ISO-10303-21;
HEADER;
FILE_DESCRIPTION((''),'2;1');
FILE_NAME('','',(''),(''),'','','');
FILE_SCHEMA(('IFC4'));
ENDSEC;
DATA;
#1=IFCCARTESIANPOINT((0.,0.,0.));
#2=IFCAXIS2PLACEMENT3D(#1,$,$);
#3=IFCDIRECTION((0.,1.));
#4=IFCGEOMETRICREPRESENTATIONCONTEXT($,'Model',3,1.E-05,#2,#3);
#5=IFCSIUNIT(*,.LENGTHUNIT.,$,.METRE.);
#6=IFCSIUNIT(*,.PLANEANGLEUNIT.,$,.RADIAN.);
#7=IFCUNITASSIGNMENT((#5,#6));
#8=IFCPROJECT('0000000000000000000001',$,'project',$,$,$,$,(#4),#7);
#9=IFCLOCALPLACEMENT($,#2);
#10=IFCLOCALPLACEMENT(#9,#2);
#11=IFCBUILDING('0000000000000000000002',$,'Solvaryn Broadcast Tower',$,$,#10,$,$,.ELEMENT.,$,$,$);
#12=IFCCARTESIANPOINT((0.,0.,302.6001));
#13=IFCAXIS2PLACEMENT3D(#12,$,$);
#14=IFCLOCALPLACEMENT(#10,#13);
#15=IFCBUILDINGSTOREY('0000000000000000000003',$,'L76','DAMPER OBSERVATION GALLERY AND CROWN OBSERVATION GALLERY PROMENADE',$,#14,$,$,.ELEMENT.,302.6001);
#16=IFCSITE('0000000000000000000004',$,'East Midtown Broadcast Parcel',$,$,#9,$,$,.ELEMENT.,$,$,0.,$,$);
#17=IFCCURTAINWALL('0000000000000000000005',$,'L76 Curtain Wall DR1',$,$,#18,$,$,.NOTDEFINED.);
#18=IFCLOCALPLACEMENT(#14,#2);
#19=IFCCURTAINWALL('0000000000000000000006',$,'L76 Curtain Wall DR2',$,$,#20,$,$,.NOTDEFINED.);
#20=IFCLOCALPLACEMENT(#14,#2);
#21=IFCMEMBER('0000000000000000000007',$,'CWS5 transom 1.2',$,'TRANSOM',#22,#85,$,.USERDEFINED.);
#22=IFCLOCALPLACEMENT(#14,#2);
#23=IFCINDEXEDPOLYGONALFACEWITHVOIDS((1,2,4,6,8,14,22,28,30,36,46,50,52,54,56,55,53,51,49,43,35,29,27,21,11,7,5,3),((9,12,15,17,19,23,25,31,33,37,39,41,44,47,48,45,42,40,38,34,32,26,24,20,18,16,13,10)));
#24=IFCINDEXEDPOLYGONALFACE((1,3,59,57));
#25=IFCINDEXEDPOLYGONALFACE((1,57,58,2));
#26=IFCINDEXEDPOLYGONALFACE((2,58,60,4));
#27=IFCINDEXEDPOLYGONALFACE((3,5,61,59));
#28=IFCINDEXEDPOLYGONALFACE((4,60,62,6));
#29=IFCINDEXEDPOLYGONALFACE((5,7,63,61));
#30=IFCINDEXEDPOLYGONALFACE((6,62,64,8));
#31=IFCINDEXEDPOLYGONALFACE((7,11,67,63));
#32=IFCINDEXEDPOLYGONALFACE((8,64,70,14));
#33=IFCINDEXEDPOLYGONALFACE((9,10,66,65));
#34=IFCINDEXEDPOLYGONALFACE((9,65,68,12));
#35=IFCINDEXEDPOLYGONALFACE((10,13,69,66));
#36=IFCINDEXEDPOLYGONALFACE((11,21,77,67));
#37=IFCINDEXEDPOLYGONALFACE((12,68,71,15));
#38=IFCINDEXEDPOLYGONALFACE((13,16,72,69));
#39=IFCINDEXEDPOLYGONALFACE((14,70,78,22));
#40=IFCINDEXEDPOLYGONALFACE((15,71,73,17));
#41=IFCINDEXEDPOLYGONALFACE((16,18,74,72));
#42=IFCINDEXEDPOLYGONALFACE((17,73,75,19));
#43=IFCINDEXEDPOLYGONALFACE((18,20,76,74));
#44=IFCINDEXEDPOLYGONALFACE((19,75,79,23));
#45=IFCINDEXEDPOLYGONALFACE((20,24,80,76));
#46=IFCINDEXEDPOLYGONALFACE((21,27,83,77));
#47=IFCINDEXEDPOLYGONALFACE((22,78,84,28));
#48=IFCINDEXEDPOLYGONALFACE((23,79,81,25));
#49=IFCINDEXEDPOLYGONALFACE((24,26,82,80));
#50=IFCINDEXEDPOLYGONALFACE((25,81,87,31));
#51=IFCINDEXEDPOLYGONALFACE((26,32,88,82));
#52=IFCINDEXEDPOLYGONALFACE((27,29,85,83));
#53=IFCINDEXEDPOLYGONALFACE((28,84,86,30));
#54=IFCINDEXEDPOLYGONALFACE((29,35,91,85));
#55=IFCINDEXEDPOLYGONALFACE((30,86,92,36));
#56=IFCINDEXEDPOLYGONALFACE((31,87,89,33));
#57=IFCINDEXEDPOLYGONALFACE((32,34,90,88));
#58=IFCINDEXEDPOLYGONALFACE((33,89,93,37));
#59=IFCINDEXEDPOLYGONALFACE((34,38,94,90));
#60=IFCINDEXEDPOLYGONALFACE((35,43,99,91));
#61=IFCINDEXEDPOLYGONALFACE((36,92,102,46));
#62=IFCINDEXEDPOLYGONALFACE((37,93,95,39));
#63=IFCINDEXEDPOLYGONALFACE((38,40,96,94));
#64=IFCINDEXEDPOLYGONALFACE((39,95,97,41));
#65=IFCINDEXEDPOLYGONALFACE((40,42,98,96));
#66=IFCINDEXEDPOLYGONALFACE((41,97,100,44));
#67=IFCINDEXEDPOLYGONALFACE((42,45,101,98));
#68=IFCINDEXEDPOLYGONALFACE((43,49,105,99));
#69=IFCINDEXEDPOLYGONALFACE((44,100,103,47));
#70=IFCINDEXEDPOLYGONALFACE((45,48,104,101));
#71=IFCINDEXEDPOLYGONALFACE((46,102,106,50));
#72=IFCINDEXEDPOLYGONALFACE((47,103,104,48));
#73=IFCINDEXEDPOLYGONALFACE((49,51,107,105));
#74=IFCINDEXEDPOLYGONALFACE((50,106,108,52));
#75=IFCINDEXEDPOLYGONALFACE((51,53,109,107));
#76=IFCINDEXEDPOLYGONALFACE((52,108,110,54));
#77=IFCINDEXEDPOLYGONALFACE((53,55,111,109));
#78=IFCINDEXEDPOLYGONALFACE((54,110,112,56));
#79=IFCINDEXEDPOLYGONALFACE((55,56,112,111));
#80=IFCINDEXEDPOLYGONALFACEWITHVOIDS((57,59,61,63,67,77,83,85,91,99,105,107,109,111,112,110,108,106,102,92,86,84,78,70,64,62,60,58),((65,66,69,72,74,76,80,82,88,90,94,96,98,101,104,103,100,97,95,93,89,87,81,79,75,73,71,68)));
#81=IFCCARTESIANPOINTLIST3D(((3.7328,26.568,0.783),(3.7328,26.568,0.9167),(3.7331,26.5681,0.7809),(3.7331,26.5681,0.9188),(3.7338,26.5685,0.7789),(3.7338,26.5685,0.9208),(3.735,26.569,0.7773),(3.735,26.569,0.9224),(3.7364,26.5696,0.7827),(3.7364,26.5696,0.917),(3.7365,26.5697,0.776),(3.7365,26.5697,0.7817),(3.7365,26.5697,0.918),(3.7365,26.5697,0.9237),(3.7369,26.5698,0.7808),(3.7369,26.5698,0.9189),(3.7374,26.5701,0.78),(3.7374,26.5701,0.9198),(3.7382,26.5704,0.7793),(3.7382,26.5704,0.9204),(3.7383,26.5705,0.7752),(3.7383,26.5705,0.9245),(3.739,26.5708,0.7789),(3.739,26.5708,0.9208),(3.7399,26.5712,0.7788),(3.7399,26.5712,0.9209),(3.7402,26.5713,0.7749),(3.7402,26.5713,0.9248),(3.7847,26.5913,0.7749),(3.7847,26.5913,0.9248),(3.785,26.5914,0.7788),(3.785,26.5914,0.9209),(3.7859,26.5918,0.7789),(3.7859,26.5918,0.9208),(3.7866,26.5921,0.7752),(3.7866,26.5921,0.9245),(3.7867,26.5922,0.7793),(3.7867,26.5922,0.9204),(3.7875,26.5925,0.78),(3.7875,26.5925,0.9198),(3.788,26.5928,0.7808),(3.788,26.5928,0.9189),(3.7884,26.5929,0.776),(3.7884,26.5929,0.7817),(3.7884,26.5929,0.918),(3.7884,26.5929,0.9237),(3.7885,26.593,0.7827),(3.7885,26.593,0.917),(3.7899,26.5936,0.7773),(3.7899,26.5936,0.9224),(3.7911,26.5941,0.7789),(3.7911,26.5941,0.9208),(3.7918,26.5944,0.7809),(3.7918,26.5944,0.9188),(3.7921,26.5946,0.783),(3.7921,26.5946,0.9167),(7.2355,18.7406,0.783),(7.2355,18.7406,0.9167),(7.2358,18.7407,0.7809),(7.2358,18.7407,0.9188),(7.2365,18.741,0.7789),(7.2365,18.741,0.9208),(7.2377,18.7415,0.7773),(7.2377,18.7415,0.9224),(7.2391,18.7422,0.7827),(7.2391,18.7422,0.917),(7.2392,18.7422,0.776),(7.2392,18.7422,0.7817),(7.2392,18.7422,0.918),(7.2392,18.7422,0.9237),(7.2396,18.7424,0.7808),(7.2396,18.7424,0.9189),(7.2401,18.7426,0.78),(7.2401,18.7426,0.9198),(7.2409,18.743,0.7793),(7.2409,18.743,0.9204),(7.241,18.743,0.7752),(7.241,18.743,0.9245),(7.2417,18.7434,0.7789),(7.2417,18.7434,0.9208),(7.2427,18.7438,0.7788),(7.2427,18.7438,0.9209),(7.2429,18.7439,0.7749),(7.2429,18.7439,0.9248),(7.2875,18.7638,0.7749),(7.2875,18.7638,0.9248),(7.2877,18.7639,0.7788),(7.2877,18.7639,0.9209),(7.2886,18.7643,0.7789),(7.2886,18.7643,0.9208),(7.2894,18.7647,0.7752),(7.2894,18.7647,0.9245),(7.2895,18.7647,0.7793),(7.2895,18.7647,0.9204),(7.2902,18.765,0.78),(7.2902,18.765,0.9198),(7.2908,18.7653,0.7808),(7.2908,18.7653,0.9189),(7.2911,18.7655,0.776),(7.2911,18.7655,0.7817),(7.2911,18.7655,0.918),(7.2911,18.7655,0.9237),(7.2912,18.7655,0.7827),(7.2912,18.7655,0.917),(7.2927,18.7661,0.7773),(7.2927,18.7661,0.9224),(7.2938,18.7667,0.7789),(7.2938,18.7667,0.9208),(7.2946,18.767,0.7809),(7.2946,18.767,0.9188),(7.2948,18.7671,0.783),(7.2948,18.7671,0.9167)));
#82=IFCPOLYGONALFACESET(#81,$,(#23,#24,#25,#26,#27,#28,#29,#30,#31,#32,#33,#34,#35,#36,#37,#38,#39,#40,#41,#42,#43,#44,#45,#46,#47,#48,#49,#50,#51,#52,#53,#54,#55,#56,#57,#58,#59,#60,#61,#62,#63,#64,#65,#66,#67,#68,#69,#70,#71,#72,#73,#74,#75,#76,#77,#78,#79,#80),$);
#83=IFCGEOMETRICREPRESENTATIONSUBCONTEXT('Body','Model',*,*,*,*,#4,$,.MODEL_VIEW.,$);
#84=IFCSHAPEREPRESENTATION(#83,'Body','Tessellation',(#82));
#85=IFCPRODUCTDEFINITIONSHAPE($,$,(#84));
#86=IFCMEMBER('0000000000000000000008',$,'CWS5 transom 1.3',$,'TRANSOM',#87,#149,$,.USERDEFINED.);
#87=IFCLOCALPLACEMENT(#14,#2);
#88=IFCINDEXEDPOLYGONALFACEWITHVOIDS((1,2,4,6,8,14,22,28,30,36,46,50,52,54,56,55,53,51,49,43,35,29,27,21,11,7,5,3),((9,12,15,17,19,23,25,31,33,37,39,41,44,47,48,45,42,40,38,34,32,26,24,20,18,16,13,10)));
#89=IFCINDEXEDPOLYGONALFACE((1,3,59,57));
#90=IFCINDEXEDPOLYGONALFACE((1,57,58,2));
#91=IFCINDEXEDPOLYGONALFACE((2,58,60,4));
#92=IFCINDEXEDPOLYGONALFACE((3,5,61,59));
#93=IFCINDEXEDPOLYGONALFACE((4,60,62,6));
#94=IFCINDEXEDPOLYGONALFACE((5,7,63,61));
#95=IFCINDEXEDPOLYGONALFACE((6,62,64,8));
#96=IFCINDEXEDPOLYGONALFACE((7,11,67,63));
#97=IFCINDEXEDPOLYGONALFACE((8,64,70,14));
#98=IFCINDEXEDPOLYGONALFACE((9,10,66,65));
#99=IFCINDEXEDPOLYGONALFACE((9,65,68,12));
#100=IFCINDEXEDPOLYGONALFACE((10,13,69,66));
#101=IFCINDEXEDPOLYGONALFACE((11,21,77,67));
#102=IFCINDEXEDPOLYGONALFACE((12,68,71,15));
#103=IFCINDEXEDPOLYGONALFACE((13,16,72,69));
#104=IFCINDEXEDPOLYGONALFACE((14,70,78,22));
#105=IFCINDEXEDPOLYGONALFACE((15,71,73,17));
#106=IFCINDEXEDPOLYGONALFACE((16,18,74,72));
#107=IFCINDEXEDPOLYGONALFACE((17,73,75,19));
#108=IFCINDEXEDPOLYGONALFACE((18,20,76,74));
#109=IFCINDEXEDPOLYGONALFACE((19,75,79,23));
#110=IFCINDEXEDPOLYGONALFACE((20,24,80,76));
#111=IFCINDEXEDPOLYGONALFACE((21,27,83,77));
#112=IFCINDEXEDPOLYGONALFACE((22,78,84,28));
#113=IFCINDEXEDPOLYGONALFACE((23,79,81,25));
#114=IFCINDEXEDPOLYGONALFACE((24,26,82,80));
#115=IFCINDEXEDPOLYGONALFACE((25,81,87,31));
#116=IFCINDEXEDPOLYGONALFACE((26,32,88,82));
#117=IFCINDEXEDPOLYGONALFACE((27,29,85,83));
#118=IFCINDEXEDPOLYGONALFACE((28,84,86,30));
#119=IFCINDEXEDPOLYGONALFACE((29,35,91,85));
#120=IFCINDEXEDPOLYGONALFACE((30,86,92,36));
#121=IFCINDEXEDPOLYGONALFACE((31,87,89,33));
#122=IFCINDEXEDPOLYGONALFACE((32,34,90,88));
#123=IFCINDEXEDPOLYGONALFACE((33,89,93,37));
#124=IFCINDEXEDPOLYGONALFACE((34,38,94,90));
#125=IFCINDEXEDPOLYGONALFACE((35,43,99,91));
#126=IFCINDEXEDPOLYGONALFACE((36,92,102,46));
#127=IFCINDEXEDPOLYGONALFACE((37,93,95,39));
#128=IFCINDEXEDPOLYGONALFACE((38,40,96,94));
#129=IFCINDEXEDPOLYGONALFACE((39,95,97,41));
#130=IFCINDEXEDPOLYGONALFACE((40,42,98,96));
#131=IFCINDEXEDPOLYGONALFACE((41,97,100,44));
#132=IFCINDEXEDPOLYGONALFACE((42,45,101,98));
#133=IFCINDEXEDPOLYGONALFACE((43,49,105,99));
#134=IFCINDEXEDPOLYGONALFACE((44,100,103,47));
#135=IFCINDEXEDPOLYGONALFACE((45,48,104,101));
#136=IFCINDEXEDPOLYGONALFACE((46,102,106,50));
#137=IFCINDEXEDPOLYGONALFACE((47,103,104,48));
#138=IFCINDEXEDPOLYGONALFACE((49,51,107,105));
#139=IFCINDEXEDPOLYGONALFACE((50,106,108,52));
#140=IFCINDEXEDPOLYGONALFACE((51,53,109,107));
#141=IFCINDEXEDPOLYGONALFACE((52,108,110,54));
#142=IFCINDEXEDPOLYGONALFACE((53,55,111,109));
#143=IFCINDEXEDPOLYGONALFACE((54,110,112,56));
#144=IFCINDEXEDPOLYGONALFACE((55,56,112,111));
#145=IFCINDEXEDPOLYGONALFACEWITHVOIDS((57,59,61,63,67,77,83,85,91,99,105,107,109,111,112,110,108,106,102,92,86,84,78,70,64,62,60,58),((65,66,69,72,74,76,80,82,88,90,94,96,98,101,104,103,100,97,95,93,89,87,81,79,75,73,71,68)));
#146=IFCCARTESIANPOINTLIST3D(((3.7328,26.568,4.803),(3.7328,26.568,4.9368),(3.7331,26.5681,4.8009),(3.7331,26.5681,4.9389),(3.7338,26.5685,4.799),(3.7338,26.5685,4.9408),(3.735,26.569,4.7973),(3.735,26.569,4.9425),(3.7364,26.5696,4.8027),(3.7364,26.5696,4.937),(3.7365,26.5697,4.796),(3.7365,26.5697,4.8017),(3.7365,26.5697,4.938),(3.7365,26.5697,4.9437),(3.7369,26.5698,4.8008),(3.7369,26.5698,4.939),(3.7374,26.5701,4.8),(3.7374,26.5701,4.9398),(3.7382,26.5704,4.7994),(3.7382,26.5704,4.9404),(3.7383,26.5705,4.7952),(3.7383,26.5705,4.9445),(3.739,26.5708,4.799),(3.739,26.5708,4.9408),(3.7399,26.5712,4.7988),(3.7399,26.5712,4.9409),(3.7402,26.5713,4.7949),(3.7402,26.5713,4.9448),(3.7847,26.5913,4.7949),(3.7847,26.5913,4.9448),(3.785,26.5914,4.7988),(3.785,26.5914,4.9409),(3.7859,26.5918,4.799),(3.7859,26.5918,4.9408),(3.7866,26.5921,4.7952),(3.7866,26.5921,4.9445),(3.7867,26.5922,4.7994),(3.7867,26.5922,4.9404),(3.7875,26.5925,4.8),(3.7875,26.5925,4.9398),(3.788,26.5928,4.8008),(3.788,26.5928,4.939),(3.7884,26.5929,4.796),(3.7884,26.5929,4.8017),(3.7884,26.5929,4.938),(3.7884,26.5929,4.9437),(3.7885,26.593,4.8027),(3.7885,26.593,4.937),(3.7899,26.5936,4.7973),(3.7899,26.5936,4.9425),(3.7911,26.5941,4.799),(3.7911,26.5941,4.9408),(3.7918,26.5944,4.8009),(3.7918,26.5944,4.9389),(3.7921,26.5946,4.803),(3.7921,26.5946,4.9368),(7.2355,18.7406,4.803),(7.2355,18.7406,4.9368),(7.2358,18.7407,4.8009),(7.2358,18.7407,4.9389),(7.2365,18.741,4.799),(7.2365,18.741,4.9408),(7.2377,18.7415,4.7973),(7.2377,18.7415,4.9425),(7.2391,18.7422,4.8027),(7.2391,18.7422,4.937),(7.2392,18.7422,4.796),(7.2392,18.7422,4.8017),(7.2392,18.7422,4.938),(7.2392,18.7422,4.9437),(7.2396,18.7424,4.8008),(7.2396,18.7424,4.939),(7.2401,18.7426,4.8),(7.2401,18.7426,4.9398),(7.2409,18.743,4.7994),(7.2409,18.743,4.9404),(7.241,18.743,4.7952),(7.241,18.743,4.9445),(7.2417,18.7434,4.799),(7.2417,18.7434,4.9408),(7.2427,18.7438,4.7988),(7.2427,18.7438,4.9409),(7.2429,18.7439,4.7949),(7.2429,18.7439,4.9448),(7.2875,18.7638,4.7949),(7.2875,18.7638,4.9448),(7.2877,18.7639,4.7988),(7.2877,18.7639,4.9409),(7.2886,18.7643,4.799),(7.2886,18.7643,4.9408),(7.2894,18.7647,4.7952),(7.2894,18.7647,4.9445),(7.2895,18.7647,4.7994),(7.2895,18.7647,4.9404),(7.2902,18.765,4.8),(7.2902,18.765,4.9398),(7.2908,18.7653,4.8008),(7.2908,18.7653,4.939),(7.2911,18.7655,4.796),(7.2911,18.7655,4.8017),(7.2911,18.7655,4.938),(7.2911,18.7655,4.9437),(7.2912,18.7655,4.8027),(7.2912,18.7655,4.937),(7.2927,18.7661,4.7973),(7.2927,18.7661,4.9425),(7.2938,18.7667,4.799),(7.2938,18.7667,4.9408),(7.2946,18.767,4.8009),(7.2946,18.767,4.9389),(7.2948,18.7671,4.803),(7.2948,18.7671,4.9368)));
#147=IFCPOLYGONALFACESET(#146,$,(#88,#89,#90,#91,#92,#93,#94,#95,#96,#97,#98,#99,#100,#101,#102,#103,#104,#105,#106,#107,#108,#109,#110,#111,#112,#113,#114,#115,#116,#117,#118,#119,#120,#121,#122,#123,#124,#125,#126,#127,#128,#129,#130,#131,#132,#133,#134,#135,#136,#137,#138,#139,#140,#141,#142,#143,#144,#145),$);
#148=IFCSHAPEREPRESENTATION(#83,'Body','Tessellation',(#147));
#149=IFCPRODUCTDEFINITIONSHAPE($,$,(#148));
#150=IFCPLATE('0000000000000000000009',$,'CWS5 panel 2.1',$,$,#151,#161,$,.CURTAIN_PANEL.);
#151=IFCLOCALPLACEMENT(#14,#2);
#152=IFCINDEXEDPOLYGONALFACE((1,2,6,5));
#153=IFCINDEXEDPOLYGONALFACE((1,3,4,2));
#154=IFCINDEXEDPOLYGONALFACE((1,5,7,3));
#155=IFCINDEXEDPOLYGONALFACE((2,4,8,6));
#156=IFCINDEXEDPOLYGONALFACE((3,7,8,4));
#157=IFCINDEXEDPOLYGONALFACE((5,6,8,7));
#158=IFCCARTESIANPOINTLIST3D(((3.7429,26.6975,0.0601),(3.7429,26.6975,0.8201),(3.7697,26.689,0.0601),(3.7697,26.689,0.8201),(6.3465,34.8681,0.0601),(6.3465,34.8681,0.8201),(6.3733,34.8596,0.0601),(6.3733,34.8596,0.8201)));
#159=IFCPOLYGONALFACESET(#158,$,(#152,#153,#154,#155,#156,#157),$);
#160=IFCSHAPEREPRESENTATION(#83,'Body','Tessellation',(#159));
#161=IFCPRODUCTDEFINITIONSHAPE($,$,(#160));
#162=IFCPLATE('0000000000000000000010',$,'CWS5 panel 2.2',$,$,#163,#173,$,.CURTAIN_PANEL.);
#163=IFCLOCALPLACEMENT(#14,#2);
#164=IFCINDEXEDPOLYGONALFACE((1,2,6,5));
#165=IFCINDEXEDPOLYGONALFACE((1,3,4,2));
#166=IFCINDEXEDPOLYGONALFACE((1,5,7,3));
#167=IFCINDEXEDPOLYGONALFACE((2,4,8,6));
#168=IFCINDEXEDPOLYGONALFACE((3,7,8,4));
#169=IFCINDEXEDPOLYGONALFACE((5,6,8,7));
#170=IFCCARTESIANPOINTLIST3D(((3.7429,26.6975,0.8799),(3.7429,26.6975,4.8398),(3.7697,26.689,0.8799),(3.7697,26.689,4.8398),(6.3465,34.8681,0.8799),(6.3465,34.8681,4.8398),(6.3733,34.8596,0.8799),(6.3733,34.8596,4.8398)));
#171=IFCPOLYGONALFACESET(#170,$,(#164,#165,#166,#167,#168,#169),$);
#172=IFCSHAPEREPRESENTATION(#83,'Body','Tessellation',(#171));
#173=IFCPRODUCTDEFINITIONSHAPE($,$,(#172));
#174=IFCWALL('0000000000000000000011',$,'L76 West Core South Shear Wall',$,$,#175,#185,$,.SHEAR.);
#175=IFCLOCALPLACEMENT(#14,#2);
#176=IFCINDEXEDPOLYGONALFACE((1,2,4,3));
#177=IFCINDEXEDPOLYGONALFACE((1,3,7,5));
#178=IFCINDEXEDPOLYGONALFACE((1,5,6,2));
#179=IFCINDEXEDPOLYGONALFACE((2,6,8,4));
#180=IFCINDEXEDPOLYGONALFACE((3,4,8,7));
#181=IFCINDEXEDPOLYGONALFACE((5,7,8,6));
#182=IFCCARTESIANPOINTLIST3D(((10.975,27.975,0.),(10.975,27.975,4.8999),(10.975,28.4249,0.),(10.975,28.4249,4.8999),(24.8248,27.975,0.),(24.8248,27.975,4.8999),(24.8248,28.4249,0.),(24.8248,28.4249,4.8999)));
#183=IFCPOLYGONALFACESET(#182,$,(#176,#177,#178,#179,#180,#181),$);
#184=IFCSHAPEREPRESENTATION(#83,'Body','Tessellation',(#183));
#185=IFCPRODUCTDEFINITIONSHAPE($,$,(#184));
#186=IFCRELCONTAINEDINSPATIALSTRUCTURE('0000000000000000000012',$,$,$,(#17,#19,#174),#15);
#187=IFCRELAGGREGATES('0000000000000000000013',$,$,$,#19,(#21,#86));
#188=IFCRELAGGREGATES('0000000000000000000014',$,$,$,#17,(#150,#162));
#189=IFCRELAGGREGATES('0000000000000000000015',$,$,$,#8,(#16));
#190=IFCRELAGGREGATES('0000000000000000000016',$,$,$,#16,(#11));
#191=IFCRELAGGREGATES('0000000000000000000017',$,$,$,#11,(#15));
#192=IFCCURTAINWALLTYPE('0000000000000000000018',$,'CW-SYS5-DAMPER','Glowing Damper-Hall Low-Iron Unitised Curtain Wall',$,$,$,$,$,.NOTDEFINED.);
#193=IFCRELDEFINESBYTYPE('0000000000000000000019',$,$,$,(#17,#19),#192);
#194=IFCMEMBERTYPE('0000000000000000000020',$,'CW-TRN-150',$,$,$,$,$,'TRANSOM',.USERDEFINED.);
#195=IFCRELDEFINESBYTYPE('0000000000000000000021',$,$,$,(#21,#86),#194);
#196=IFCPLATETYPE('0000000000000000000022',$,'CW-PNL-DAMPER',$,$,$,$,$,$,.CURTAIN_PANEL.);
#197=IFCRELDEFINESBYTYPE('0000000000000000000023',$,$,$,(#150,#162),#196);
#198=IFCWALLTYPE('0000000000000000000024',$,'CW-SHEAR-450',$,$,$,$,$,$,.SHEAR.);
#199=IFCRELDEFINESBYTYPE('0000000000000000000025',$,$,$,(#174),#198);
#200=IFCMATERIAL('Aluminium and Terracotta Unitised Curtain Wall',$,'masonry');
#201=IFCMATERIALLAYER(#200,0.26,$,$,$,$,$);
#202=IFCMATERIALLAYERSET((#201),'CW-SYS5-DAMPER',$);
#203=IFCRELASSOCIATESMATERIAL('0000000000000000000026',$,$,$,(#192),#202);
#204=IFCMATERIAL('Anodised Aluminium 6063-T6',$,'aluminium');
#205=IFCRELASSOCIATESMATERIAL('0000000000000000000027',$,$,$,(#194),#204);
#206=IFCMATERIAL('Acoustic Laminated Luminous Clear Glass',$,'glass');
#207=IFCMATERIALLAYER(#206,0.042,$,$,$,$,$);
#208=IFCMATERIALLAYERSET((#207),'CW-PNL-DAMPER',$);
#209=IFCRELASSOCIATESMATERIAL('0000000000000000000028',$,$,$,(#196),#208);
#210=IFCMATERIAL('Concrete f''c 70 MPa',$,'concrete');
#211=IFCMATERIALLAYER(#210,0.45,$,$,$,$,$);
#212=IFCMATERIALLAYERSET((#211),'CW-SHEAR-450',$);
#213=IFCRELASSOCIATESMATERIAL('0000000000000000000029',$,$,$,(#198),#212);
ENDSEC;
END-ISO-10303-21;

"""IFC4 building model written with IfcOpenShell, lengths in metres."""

from ifc_helpers import new_model, si_unit, direction, frame, frame_2d, origin, origin_2d, place, context, subcontext, project, spatial, rectangle, hollow_rectangle, extrude, material, layer, layer_set, material_profile, profile_set, type_object, element, aggregate, save


model = new_model("IFC4")

# Units and contexts
model_context = context("Model", 3, precision=1e-05, world=origin(), true_north=direction((0.0, 1.0)))
body_context = subcontext(model_context, "Body", "Model", "MODEL_VIEW")
ifc_project = project(units=[si_unit("LENGTHUNIT", "METRE"), si_unit("PLANEANGLEUNIT", "RADIAN")], contexts=[model_context])

# Site, building, storey
site_placement = place(None, origin())
site = spatial("IfcSite", under=ifc_project, at=site_placement, Name="East Midtown Broadcast Parcel", CompositionType="ELEMENT", RefElevation=0.0)
building_placement = place(site_placement, origin())
building = spatial("IfcBuilding", under=site, at=building_placement, Name="Solvaryn Broadcast Tower", CompositionType="ELEMENT")
storey_placement = place(building_placement, frame((0.0, 0.0, 302.6001)))
storey = spatial("IfcBuildingStorey", under=building, at=storey_placement, Name="L76", Description="DAMPER OBSERVATION GALLERY AND CROWN OBSERVATION GALLERY PROMENADE", CompositionType="ELEMENT", Elevation=302.6001)

# Curtain wall
ifc_material_1 = material(Name="Aluminium and Terracotta Unitised Curtain Wall", Category="masonry")
ifc_layer_1 = layer(ifc_material_1, 0.26)
ifc_layer_set_1 = layer_set([ifc_layer_1], Name="CW-SYS5-DAMPER")
curtain_wall_type = type_object("IfcCurtainWallType", Name="CW-SYS5-DAMPER", Description="Glowing Damper-Hall Low-Iron Unitised Curtain Wall", PredefinedType="NOTDEFINED", material=ifc_layer_set_1)
curtain_wall_1_placement = place(storey_placement, origin())
curtain_wall_1 = element("IfcCurtainWall", 1, at=curtain_wall_1_placement, inside=storey, type_object=curtain_wall_type, Name="L76 Curtain Wall DR1", PredefinedType="NOTDEFINED")

# Curtain wall
curtain_wall_2_placement = place(storey_placement, origin())
curtain_wall_2 = element("IfcCurtainWall", 2, at=curtain_wall_2_placement, inside=storey, type_object=curtain_wall_type, Name="L76 Curtain Wall DR2", PredefinedType="NOTDEFINED")

# Members
ifc_material_2 = material(Name="Anodised Aluminium 6063-T6", Category="aluminium")
ifc_material_profile_1 = material_profile(ifc_material_2, hollow_rectangle(XDim=0.0649, YDim=0.1499, WallThickness=0.0039, InnerFilletRadius=0.0039, OuterFilletRadius=0.0081, at=origin_2d()))
ifc_profile_set_1 = profile_set([ifc_material_profile_1], Name="Anodised Aluminium 6063-T6")
member_type_1 = type_object("IfcMemberType", Name="CW-TRN-150", ElementType="TRANSOM", PredefinedType="USERDEFINED", material=ifc_profile_set_1)
member_1_placement = place(storey_placement, frame((3.7625, 26.5813, 0.8499), z_axis=(0.408459, -0.912777, 0.0), x_axis=(0.912777, 0.408459, 0.0)))
member_1 = element("IfcMember", 3, at=member_1_placement, type_object=member_type_1, Name="CWS5 transom 1.2", ObjectType="TRANSOM", PredefinedType="USERDEFINED", context=body_context, shape_type="SweptSolid", body=[
    extrude(hollow_rectangle(XDim=0.0649, YDim=0.1499, WallThickness=0.0039, InnerFilletRadius=0.0039, OuterFilletRadius=0.0081, at=origin_2d()), origin(), (0.0, 0.0, 1.0), 8.5754),
])
member_2_placement = place(storey_placement, frame((3.7625, 26.5813, 4.8699), z_axis=(0.408459, -0.912777, 0.0), x_axis=(0.912777, 0.408459, 0.0)))
member_2 = element("IfcMember", 4, at=member_2_placement, type_object=member_type_1, Name="CWS5 transom 1.3", ObjectType="TRANSOM", PredefinedType="USERDEFINED", context=body_context, shape_type="SweptSolid", body=[
    extrude(hollow_rectangle(XDim=0.0649, YDim=0.1499, WallThickness=0.0039, InnerFilletRadius=0.0039, OuterFilletRadius=0.0081, at=origin_2d()), origin(), (0.0, 0.0, 1.0), 8.5754),
])
aggregate(curtain_wall_2, [member_1, member_2])

# Plates
ifc_material_3 = material(Name="Acoustic Laminated Luminous Clear Glass", Category="glass")
ifc_layer_2 = layer(ifc_material_3, 0.042)
ifc_layer_set_2 = layer_set([ifc_layer_2], Name="CW-PNL-DAMPER")
plate_type = type_object("IfcPlateType", Name="CW-PNL-DAMPER", PredefinedType="CURTAIN_PANEL", material=ifc_layer_set_2)
plate_1_placement = place(storey_placement, frame((5.0581, 30.7786, 0.0601), z_axis=(0.0, 0.0, 1.0), x_axis=(-0.303616, -0.952795, 0.0)))
plate_1 = element("IfcPlate", 5, at=plate_1_placement, type_object=plate_type, Name="CWS5 panel 2.1", PredefinedType="CURTAIN_PANEL", context=body_context, shape_type="SweptSolid", body=[
    extrude(rectangle(XDim=8.5754, YDim=0.0281, at=origin_2d()), origin(), (0.0, 0.0, 1.0), 0.76),
])
plate_2_placement = place(storey_placement, frame((5.0581, 30.7786, 0.8799), z_axis=(0.0, 0.0, 1.0), x_axis=(-0.303616, -0.952795, 0.0)))
plate_2 = element("IfcPlate", 6, at=plate_2_placement, type_object=plate_type, Name="CWS5 panel 2.2", PredefinedType="CURTAIN_PANEL", context=body_context, shape_type="SweptSolid", body=[
    extrude(rectangle(XDim=8.5754, YDim=0.0281, at=origin_2d()), origin(), (0.0, 0.0, 1.0), 3.96),
])
aggregate(curtain_wall_1, [plate_1, plate_2])

# Wall
ifc_material_4 = material(Name="Concrete f'c 70 MPa", Category="concrete")
ifc_layer_3 = layer(ifc_material_4, 0.45)
ifc_layer_set_3 = layer_set([ifc_layer_3], Name="CW-SHEAR-450")
wall_type_1 = type_object("IfcWallType", Name="CW-SHEAR-450", PredefinedType="SHEAR", material=ifc_layer_set_3)
wall_1_placement = place(storey_placement, frame((10.9751, 28.2, 0.0), z_axis=(0.0, 0.0, 1.0), x_axis=(1.0, 0.0, 0.0)))
element("IfcWall", 7, at=wall_1_placement, inside=storey, type_object=wall_type_1, Name="L76 West Core South Shear Wall", PredefinedType="SHEAR", context=body_context, shape_type="SweptSolid", body=[
    extrude(rectangle(XDim=13.8499, YDim=0.45, at=frame_2d((6.9248, 0.0))), origin(), (0.0, 0.0, 1.0), 4.8999),
])

save(model, "model.ifc")
